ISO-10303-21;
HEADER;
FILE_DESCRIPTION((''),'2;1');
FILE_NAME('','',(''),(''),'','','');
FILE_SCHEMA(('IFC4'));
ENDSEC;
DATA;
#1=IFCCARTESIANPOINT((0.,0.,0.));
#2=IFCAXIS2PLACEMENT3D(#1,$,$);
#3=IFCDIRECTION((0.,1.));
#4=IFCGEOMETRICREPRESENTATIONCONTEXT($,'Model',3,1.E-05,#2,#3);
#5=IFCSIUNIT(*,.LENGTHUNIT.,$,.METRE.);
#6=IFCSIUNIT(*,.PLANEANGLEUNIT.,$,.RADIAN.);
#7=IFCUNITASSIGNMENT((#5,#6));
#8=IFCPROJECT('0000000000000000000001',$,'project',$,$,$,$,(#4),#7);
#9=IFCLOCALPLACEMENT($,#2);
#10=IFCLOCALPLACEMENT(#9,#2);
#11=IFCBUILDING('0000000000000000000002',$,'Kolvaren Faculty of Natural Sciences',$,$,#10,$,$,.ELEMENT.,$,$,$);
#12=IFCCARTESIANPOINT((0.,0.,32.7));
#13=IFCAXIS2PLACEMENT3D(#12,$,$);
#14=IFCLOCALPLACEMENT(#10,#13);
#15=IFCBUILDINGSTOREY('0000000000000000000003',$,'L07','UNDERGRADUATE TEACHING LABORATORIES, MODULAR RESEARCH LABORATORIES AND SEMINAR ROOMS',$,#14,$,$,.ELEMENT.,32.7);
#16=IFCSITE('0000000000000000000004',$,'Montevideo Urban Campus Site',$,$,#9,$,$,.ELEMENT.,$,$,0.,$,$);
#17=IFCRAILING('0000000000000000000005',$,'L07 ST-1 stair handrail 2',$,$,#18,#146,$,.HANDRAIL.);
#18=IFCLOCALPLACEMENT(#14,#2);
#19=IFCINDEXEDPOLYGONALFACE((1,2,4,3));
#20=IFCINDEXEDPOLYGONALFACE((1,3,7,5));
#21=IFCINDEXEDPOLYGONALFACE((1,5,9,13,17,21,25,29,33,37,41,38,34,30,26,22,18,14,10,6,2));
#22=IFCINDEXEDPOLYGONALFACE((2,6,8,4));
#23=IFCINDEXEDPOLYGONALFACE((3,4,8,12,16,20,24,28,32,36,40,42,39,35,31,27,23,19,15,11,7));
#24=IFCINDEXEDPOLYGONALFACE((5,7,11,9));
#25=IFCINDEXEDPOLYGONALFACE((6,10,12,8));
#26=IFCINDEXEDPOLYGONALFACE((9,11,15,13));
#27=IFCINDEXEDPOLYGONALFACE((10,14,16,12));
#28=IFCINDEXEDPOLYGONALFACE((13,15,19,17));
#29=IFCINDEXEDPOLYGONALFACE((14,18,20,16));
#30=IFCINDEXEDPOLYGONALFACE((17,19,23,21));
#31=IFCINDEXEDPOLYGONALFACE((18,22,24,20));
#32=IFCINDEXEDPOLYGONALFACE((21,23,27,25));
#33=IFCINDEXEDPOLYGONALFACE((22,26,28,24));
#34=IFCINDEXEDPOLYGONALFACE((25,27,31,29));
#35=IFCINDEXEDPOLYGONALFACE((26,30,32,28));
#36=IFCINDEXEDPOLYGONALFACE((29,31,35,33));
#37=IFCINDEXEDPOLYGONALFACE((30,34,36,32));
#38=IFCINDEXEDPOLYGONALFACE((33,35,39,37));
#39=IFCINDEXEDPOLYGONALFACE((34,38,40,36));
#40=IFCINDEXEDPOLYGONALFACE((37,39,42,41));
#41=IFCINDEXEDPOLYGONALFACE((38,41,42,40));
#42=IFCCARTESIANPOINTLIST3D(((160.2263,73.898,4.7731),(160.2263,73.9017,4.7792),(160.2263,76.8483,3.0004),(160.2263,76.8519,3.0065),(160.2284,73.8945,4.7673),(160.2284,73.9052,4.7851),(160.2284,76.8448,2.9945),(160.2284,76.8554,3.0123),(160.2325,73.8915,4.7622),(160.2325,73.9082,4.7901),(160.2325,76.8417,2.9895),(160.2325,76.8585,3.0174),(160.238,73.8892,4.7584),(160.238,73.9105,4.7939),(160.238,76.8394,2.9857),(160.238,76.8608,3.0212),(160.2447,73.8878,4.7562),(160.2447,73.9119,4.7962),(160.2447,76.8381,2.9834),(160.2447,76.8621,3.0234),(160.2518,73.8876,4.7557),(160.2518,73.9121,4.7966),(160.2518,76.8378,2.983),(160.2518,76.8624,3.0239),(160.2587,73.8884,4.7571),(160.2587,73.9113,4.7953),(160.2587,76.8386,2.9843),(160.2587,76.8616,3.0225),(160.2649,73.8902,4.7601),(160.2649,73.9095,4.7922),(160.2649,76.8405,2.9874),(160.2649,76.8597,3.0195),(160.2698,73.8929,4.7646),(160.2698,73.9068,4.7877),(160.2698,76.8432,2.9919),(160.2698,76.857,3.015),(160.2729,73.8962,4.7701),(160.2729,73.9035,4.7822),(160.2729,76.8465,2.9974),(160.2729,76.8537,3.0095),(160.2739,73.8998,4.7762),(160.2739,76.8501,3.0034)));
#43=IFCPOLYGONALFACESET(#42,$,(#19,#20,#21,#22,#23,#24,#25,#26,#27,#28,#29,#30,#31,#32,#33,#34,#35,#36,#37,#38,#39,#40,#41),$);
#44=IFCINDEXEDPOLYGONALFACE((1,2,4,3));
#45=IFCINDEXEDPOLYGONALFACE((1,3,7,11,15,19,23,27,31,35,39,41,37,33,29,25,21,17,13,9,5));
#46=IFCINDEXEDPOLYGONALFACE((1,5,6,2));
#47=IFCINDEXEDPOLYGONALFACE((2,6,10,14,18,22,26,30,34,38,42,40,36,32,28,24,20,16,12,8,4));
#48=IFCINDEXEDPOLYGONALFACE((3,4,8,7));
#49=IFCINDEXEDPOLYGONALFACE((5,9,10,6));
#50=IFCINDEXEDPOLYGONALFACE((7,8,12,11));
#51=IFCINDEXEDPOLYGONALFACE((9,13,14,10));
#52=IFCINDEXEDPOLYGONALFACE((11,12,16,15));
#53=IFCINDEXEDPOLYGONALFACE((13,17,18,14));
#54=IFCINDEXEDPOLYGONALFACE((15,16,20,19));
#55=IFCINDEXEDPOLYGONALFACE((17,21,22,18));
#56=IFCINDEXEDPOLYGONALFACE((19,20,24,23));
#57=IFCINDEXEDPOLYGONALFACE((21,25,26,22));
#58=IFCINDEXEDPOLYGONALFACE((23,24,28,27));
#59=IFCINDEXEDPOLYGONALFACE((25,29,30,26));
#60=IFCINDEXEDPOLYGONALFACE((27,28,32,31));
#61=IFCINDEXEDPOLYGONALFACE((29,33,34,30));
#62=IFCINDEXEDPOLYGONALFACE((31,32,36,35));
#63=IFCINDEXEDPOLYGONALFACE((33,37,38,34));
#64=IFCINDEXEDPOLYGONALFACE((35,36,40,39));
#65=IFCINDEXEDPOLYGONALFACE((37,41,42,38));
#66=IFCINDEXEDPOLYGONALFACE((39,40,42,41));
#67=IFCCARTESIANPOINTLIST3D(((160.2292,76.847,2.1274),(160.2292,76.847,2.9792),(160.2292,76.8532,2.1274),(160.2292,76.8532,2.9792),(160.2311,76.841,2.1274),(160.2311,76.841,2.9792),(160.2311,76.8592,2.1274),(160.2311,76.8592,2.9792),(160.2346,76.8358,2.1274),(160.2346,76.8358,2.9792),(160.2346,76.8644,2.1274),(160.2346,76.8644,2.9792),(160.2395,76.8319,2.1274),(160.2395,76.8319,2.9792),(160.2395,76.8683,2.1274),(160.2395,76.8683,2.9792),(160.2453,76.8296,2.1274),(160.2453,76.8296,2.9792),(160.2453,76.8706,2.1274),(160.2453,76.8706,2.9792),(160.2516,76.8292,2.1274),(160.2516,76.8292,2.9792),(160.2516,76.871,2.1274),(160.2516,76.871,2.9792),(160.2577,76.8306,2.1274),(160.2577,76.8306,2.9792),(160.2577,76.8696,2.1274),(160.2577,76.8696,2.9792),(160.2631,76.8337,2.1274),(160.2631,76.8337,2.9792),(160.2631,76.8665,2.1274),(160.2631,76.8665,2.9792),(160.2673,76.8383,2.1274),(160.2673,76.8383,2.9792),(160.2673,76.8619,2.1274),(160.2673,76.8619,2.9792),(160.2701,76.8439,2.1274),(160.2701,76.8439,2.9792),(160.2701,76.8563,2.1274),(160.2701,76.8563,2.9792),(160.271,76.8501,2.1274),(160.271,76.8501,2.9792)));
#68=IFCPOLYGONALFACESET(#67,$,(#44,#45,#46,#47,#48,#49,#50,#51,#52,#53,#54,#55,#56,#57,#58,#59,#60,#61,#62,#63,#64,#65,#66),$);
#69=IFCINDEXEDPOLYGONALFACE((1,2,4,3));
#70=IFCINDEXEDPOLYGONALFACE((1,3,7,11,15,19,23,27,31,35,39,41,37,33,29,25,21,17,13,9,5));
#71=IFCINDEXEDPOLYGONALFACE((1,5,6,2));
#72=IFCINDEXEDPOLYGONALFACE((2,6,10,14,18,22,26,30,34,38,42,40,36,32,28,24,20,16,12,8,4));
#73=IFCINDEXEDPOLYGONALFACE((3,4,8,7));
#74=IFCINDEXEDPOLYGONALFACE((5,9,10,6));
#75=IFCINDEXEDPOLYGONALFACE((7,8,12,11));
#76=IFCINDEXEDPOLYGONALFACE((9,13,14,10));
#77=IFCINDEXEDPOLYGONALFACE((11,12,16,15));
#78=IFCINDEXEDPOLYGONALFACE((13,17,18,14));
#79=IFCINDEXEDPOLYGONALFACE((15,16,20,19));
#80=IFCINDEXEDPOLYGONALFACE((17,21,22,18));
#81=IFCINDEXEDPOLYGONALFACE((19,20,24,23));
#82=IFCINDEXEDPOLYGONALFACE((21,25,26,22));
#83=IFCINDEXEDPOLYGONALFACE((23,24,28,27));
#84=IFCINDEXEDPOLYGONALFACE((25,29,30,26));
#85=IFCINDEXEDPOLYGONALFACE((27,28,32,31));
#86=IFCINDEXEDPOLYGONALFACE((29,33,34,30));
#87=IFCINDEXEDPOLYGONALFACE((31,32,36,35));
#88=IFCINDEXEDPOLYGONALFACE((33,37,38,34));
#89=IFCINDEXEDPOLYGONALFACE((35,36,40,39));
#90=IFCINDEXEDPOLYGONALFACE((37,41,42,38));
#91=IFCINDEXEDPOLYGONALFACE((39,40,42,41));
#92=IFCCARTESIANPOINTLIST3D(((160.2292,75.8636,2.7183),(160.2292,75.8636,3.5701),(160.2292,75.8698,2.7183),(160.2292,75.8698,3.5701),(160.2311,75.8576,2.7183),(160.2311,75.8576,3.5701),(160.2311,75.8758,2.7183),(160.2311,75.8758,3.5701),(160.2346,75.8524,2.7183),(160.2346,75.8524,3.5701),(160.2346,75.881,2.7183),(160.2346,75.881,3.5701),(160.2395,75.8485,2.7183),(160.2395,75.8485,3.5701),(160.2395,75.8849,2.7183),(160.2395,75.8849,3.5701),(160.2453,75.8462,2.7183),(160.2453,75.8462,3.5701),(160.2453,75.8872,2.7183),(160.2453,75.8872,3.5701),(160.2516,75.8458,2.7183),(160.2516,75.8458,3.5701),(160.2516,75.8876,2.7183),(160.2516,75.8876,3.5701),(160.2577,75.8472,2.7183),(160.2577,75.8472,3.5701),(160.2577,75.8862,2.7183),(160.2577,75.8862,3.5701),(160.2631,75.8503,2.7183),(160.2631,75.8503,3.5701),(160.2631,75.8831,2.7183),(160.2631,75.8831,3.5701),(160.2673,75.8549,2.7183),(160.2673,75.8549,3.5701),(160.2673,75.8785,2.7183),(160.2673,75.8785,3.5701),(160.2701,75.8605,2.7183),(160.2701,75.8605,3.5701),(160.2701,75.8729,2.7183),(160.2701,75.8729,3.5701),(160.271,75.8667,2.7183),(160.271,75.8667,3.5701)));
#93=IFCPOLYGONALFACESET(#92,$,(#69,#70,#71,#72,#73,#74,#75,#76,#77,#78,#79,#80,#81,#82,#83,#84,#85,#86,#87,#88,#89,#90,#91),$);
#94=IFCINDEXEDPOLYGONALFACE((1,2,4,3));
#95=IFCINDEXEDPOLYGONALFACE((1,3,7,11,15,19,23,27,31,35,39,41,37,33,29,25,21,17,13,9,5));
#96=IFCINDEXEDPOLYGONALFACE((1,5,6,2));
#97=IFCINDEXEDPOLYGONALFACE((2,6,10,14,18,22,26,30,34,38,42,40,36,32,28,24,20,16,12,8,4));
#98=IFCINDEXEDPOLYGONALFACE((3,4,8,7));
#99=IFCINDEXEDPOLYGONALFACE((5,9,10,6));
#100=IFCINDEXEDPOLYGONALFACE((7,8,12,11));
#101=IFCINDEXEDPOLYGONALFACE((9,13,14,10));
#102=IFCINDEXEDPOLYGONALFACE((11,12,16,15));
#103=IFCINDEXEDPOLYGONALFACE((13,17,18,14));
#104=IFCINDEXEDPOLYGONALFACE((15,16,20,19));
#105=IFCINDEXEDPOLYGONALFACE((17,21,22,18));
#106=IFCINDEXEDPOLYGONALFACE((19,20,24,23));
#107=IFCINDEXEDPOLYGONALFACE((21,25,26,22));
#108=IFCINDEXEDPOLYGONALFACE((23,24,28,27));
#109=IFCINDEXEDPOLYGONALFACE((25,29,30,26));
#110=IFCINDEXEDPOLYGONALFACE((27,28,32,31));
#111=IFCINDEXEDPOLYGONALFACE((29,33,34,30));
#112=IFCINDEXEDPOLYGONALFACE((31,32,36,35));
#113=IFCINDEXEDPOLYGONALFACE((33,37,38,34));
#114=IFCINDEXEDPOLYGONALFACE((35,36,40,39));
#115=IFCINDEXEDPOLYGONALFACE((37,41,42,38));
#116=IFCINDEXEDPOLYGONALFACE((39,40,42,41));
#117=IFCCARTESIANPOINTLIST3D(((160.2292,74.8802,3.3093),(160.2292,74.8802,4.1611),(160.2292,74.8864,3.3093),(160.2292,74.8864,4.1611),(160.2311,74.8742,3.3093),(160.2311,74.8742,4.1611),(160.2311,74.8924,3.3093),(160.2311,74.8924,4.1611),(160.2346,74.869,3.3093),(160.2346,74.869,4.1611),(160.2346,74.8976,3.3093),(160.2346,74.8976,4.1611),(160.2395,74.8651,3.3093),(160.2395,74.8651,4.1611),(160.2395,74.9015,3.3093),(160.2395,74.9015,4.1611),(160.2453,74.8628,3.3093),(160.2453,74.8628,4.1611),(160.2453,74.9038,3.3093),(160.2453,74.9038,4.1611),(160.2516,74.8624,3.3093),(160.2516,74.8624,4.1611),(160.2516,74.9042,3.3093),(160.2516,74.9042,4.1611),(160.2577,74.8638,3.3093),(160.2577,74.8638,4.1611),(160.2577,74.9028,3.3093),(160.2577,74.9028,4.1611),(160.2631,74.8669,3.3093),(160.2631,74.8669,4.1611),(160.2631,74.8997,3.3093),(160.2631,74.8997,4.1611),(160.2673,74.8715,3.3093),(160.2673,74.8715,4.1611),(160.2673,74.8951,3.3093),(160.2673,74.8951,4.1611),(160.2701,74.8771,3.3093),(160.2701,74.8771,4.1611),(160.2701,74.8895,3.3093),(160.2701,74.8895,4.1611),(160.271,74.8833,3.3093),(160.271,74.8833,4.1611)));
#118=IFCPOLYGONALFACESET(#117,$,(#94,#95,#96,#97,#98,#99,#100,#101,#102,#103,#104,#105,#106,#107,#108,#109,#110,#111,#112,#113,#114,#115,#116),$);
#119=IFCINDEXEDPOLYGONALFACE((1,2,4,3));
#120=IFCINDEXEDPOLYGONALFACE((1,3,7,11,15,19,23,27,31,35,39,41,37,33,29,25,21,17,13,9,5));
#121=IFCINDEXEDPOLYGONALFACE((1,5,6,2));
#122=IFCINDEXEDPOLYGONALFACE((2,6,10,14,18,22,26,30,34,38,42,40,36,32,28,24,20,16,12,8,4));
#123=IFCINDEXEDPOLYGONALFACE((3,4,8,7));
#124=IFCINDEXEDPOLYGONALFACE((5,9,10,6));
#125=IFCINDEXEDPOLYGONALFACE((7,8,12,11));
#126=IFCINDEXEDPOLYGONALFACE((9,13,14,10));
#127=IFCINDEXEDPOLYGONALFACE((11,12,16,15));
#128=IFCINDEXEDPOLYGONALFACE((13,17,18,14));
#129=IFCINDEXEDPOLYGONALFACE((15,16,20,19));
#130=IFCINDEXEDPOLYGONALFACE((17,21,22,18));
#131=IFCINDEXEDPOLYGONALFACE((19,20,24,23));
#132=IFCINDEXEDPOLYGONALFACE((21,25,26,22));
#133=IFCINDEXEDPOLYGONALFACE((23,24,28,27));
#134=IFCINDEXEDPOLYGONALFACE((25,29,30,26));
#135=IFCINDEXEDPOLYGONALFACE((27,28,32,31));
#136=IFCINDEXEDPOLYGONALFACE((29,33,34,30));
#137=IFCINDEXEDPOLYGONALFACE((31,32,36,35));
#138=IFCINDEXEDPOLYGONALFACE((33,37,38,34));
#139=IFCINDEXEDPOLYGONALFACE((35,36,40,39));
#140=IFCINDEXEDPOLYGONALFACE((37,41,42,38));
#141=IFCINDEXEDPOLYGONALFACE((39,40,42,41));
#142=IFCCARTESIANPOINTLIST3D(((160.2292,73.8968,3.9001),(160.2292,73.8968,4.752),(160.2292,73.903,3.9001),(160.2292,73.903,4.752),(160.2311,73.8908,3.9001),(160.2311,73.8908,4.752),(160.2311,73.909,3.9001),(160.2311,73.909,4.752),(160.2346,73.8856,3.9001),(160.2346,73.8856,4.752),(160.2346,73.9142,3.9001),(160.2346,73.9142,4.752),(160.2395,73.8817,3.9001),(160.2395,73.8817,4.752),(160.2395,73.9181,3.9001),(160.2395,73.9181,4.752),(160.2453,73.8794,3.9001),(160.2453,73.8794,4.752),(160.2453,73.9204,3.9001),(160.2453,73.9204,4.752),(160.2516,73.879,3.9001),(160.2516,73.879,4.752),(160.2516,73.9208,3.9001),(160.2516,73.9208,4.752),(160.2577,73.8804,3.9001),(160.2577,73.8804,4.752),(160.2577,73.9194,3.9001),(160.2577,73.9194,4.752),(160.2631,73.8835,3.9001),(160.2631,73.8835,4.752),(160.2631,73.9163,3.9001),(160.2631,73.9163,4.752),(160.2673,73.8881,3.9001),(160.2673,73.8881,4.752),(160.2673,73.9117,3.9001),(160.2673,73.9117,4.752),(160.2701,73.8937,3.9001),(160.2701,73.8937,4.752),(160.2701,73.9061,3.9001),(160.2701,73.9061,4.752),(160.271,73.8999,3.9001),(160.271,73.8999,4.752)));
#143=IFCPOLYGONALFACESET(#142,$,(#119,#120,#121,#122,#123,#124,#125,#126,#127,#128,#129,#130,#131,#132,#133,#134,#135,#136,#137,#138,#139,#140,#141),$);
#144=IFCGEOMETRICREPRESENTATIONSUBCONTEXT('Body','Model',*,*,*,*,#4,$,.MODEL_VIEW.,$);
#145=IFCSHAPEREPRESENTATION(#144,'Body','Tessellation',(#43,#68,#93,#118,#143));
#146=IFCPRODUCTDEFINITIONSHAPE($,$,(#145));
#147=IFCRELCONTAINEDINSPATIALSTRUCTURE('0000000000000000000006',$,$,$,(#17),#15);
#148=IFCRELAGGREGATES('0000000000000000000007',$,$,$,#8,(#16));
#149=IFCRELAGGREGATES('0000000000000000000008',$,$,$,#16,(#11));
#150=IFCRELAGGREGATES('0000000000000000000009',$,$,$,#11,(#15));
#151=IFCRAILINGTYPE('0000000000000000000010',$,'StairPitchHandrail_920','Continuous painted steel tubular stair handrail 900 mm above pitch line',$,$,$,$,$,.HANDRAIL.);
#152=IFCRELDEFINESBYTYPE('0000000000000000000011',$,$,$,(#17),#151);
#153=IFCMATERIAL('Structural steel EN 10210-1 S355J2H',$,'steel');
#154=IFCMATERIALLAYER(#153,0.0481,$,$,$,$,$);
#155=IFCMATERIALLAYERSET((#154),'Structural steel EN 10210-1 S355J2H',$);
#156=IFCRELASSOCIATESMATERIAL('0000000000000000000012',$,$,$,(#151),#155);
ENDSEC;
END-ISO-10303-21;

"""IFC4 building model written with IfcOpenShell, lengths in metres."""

from ifc_helpers import new_model, si_unit, direction, frame, origin, origin_2d, place, context, subcontext, project, spatial, circle, extrude, material, layer, layer_set, type_object, element, save


model = new_model("IFC4")

# Units and contexts
model_context = context("Model", 3, precision=1e-05, world=origin(), true_north=direction((0.0, 1.0)))
body_context = subcontext(model_context, "Body", "Model", "MODEL_VIEW")
ifc_project = project(units=[si_unit("LENGTHUNIT", "METRE"), si_unit("PLANEANGLEUNIT", "RADIAN")], contexts=[model_context])

# Site, building, storey
site_placement = place(None, origin())
site = spatial("IfcSite", under=ifc_project, at=site_placement, Name="Montevideo Urban Campus Site", CompositionType="ELEMENT", RefElevation=0.0)
building_placement = place(site_placement, origin())
building = spatial("IfcBuilding", under=site, at=building_placement, Name="Kolvaren Faculty of Natural Sciences", CompositionType="ELEMENT")
storey_placement = place(building_placement, frame((0.0, 0.0, 32.7)))
storey = spatial("IfcBuildingStorey", under=building, at=storey_placement, Name="L07", Description="UNDERGRADUATE TEACHING LABORATORIES, MODULAR RESEARCH LABORATORIES AND SEMINAR ROOMS", CompositionType="ELEMENT", Elevation=32.7)

# Railing
ifc_material_1 = material(Name="Structural steel EN 10210-1 S355J2H", Category="steel")
ifc_layer_1 = layer(ifc_material_1, 0.0481)
ifc_layer_set_1 = layer_set([ifc_layer_1], Name="Structural steel EN 10210-1 S355J2H")
railing_type_1 = type_object("IfcRailingType", Name="StairPitchHandrail_920", Description="Continuous painted steel tubular stair handrail 900 mm above pitch line", PredefinedType="HANDRAIL", material=ifc_layer_set_1)
railing_1_placement = place(storey_placement, frame((160.25, 76.8501, 2.1274)))
element("IfcRailing", 1, at=railing_1_placement, inside=storey, type_object=railing_type_1, Name="L07 ST-1 stair handrail 2", PredefinedType="HANDRAIL", context=body_context, shape_type="SweptSolid", body=[
    extrude(circle(Radius=0.0239, at=origin_2d()), frame((0.0, 0.0, 0.876), z_axis=(0.0, -0.857161, 0.515049), x_axis=(1.0, 0.0, 0.0)), (0.0, 0.0, 1.0), 3.4419),
    extrude(circle(Radius=0.021, at=origin_2d()), origin(), (0.0, 0.0, 1.0), 0.8518),
    extrude(circle(Radius=0.021, at=origin_2d()), frame((0.0, -0.9834, 0.5908)), (0.0, 0.0, 1.0), 0.8518),
    extrude(circle(Radius=0.021, at=origin_2d()), frame((0.0, -1.9668, 1.1819)), (0.0, 0.0, 1.0), 0.8518),
    extrude(circle(Radius=0.021, at=origin_2d()), frame((0.0, -2.9502, 1.7727)), (0.0, 0.0, 1.0), 0.8518),
])

save(model, "model.ifc")
